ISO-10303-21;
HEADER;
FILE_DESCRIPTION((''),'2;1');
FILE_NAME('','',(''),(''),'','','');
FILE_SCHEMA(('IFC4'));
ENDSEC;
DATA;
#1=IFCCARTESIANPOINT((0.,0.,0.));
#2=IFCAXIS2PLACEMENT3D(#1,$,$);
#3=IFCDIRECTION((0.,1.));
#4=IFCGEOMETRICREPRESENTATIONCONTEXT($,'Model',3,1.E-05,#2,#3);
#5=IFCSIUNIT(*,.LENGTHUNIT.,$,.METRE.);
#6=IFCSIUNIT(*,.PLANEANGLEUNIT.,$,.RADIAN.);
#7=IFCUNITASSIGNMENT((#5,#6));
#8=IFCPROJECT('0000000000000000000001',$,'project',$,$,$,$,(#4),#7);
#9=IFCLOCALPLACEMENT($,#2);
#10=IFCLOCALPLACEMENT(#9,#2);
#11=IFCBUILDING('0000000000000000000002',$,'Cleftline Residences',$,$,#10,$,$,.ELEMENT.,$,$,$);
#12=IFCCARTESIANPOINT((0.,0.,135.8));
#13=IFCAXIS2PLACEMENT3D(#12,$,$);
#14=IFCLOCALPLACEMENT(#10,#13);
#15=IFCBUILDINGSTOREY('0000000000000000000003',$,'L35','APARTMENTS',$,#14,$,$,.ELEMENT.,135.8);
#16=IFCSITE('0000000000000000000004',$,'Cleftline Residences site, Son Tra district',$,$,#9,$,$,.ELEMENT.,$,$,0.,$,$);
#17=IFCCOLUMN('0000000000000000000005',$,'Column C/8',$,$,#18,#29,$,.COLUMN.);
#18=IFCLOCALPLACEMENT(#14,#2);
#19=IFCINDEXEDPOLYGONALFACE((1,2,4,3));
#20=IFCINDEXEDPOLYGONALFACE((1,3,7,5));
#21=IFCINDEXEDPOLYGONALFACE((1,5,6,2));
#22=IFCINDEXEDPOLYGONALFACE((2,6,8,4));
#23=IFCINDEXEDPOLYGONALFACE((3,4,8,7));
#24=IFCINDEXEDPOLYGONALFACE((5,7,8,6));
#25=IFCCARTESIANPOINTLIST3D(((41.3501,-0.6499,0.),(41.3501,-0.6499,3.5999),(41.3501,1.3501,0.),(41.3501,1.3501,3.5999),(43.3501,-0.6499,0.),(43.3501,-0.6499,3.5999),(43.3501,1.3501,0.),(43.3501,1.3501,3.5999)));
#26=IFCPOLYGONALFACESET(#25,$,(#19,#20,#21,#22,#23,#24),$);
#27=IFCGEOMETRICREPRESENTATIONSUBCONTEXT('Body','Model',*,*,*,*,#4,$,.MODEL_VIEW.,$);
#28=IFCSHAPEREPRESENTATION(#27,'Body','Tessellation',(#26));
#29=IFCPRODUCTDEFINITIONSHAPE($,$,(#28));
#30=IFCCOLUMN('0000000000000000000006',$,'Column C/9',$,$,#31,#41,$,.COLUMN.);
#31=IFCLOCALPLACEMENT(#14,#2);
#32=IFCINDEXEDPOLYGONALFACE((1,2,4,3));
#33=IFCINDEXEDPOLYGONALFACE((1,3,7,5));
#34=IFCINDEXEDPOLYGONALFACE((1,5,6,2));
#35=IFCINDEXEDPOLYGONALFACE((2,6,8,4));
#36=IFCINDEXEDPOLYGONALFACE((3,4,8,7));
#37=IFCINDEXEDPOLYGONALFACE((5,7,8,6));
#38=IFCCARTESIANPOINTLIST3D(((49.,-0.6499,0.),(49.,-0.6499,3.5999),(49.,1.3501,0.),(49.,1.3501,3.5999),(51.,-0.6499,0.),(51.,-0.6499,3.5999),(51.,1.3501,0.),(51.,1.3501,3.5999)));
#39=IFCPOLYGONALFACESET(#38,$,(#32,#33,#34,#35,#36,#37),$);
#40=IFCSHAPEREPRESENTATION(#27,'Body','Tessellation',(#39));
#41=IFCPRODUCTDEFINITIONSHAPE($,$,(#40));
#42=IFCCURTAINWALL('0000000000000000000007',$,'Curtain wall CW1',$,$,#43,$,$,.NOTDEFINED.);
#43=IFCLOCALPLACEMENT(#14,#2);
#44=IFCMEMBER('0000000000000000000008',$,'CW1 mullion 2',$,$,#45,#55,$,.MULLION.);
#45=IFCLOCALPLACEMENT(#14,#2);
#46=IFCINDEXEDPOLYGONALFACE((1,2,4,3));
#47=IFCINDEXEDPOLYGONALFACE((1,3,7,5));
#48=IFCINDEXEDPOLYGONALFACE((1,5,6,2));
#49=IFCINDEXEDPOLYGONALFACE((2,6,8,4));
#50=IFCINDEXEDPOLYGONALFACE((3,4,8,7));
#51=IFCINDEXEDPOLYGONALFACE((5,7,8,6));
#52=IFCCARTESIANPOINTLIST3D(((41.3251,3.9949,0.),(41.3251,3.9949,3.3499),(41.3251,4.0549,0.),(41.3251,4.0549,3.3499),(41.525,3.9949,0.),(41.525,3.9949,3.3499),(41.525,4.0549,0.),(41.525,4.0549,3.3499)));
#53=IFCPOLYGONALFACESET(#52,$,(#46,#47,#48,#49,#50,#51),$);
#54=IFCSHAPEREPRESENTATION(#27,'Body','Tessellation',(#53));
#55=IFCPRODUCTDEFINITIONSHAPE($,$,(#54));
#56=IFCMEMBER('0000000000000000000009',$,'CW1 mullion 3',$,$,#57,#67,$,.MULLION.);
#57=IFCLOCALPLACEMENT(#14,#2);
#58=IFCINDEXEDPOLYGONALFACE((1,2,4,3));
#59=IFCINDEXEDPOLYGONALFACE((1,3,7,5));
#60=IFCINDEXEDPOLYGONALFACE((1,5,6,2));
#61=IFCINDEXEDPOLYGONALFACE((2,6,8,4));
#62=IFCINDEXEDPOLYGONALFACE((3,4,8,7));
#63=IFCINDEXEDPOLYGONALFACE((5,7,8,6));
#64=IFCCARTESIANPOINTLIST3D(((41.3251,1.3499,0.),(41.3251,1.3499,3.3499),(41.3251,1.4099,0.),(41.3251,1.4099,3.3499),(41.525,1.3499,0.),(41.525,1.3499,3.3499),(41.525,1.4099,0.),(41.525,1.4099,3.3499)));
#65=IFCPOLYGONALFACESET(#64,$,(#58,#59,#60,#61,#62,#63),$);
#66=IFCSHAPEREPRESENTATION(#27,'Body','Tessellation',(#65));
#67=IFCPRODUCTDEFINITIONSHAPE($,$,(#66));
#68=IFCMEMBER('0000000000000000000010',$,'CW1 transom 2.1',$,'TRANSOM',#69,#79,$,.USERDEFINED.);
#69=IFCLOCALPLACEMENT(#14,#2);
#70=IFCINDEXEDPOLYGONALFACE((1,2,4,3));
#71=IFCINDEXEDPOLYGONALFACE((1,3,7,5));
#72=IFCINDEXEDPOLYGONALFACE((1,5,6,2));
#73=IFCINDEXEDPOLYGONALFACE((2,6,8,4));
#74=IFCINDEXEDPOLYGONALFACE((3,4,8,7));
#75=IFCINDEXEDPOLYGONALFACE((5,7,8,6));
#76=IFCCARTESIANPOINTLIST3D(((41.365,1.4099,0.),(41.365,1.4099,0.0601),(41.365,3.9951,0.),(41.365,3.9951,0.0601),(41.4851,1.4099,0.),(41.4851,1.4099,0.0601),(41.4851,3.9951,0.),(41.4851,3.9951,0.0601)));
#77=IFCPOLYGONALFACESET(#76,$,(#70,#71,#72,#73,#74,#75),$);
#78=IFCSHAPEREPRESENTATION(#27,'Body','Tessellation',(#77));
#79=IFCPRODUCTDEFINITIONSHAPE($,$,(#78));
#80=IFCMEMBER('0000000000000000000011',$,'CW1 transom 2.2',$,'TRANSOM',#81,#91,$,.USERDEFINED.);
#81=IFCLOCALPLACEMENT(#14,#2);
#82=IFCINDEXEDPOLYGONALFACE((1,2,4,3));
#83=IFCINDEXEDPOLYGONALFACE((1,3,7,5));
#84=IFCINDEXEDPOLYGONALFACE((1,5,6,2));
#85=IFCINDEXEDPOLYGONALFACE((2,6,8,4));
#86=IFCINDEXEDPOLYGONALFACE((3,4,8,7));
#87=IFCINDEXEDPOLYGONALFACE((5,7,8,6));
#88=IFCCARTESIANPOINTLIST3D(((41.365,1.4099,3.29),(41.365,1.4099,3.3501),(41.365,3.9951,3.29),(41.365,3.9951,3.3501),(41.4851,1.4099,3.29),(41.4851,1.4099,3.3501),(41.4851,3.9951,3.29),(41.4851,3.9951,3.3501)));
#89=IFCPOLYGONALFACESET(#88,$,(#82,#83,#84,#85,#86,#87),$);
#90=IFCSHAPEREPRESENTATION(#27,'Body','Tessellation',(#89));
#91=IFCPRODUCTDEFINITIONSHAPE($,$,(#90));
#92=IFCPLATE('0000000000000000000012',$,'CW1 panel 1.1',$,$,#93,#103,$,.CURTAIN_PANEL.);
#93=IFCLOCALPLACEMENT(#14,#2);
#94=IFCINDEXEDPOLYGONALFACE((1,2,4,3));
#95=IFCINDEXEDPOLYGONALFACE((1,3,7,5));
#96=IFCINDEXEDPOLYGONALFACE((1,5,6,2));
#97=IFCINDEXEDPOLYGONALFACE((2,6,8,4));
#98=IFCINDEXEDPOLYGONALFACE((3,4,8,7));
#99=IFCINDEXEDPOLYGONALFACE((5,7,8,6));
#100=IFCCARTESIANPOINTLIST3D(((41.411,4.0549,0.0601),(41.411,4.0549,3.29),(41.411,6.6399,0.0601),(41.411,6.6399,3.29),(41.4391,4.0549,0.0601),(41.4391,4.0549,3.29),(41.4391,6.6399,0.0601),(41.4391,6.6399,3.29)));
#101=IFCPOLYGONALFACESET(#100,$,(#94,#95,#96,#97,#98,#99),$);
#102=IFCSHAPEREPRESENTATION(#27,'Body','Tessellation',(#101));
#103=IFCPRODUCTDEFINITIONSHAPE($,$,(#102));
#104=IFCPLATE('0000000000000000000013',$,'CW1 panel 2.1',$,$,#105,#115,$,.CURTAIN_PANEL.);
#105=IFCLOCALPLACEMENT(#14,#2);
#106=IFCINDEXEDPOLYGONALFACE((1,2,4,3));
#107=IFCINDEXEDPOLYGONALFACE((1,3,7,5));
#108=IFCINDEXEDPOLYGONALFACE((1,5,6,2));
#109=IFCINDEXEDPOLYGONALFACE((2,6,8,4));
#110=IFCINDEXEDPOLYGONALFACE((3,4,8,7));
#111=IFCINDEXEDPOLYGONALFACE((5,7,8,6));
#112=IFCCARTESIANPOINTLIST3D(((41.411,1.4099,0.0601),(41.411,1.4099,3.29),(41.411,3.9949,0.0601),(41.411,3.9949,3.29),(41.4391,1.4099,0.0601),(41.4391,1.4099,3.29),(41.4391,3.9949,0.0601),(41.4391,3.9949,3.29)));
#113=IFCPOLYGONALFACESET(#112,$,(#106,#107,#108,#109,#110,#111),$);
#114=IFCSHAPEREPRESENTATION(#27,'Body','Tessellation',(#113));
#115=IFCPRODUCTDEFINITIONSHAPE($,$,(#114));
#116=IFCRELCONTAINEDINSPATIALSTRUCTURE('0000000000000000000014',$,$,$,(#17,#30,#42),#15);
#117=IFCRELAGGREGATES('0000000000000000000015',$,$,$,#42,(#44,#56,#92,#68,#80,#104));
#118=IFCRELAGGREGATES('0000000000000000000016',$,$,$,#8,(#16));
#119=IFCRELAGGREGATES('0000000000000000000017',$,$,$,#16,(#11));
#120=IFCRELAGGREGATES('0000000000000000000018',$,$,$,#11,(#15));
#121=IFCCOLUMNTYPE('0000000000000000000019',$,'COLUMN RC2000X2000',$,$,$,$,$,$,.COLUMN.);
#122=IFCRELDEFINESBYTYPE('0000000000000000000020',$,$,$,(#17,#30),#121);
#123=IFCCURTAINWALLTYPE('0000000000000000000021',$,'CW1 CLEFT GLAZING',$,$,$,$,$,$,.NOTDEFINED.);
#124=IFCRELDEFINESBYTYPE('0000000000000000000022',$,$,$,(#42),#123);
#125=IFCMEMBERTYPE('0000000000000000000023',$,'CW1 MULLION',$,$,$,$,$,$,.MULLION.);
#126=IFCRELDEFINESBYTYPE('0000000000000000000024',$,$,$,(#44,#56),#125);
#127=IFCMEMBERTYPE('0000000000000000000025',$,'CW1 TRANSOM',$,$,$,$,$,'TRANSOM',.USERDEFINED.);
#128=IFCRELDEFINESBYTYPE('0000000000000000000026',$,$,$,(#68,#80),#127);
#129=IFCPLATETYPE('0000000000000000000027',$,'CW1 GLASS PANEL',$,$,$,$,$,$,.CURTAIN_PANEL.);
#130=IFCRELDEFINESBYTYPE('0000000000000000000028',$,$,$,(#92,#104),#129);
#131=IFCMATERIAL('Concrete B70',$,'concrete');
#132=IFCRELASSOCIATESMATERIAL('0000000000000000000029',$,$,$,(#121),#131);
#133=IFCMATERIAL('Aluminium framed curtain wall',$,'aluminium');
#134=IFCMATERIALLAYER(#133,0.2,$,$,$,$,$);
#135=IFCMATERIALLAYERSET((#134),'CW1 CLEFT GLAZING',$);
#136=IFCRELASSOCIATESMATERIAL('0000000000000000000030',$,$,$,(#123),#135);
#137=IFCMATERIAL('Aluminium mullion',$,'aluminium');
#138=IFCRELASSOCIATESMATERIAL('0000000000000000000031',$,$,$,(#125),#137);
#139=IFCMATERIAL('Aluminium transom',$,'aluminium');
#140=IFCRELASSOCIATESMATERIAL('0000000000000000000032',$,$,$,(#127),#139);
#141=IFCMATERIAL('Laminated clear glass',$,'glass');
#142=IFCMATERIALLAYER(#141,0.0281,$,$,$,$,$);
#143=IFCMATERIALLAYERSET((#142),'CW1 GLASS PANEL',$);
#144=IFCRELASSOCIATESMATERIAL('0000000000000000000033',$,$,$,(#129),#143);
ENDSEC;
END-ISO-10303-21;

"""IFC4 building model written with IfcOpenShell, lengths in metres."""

from ifc_helpers import new_model, si_unit, direction, frame, origin, origin_2d, place, context, subcontext, project, spatial, rectangle, extrude, material, layer, layer_set, material_profile, profile_set, type_object, element, aggregate, save


model = new_model("IFC4")

# Units and contexts
model_context = context("Model", 3, precision=1e-05, world=origin(), true_north=direction((0.0, 1.0)))
body_context = subcontext(model_context, "Body", "Model", "MODEL_VIEW")
ifc_project = project(units=[si_unit("LENGTHUNIT", "METRE"), si_unit("PLANEANGLEUNIT", "RADIAN")], contexts=[model_context])

# Site, building, storey
site_placement = place(None, origin())
site = spatial("IfcSite", under=ifc_project, at=site_placement, Name="Cleftline Residences site, Son Tra district", CompositionType="ELEMENT", RefElevation=0.0)
building_placement = place(site_placement, origin())
building = spatial("IfcBuilding", under=site, at=building_placement, Name="Cleftline Residences", CompositionType="ELEMENT")
storey_placement = place(building_placement, frame((0.0, 0.0, 135.8)))
storey = spatial("IfcBuildingStorey", under=building, at=storey_placement, Name="L35", Description="APARTMENTS", CompositionType="ELEMENT", Elevation=135.8)

# Columns
ifc_material_1 = material(Name="Concrete B70", Category="concrete")
ifc_material_profile_1 = material_profile(ifc_material_1, rectangle(XDim=2.0, YDim=2.0, at=origin_2d()))
ifc_profile_set_1 = profile_set([ifc_material_profile_1], Name="Concrete B70")
column_type = type_object("IfcColumnType", Name="COLUMN RC2000X2000", PredefinedType="COLUMN", material=ifc_profile_set_1)
for number, where, z_axis, x_axis, name in (
    (1, (42.3501, 0.3501, 0.0), (0.0, 0.0, 1.0), (1.0, 0.0, 0.0), "Column C/8"),
    (2, (50.0, 0.3501, 0.0), (0.0, 0.0, 1.0), (1.0, 0.0, 0.0), "Column C/9"),
):
    element("IfcColumn", number, at=place(storey_placement, frame(where, z_axis=z_axis, x_axis=x_axis)), inside=storey, type_object=column_type, Name=name, PredefinedType="COLUMN", context=body_context, shape_type="SweptSolid", body=[
        extrude(rectangle(XDim=2.0, YDim=2.0, at=origin_2d()), origin(), (0.0, 0.0, 1.0), 3.5999),
    ])

# Curtain wall, members, plates
ifc_material_2 = material(Name="Aluminium framed curtain wall", Category="aluminium")
ifc_layer_1 = layer(ifc_material_2, 0.2)
ifc_layer_set_1 = layer_set([ifc_layer_1], Name="CW1 CLEFT GLAZING")
curtain_wall_type = type_object("IfcCurtainWallType", Name="CW1 CLEFT GLAZING", PredefinedType="NOTDEFINED", material=ifc_layer_set_1)
curtain_wall_placement = place(storey_placement, origin())
curtain_wall = element("IfcCurtainWall", 3, at=curtain_wall_placement, inside=storey, type_object=curtain_wall_type, Name="Curtain wall CW1", PredefinedType="NOTDEFINED")
ifc_material_3 = material(Name="Aluminium mullion", Category="aluminium")
ifc_material_profile_2 = material_profile(ifc_material_3, rectangle(XDim=0.2, YDim=0.0601, at=origin_2d()))
ifc_profile_set_2 = profile_set([ifc_material_profile_2], Name="Aluminium mullion")
member_type_1 = type_object("IfcMemberType", Name="CW1 MULLION", PredefinedType="MULLION", material=ifc_profile_set_2)
member_1_placement = place(storey_placement, frame((41.425, 4.0249, 0.0), z_axis=(0.0, 0.0, 1.0), x_axis=(1.0, 0.0, 0.0)))
member_1 = element("IfcMember", 4, at=member_1_placement, type_object=member_type_1, Name="CW1 mullion 2", PredefinedType="MULLION", context=body_context, shape_type="SweptSolid", body=[
    extrude(rectangle(XDim=0.2, YDim=0.0601, at=origin_2d()), origin(), (0.0, 0.0, 1.0), 3.3499),
])
member_2_placement = place(storey_placement, frame((41.425, 1.3799, 0.0), z_axis=(0.0, 0.0, 1.0), x_axis=(1.0, 0.0, 0.0)))
member_2 = element("IfcMember", 5, at=member_2_placement, type_object=member_type_1, Name="CW1 mullion 3", PredefinedType="MULLION", context=body_context, shape_type="SweptSolid", body=[
    extrude(rectangle(XDim=0.2, YDim=0.0601, at=origin_2d()), origin(), (0.0, 0.0, 1.0), 3.3499),
])
ifc_material_4 = material(Name="Aluminium transom", Category="aluminium")
ifc_material_profile_3 = material_profile(ifc_material_4, rectangle(XDim=0.1201, YDim=0.0601, at=origin_2d()))
ifc_profile_set_3 = profile_set([ifc_material_profile_3], Name="Aluminium transom")
member_type_2 = type_object("IfcMemberType", Name="CW1 TRANSOM", ElementType="TRANSOM", PredefinedType="USERDEFINED", material=ifc_profile_set_3)
member_3_placement = place(storey_placement, frame((41.425, 3.9951, 0.03), z_axis=(0.0, -1.0, 0.0), x_axis=(1.0, 0.0, 0.0)))
member_3 = element("IfcMember", 6, at=member_3_placement, type_object=member_type_2, Name="CW1 transom 2.1", ObjectType="TRANSOM", PredefinedType="USERDEFINED", context=body_context, shape_type="SweptSolid", body=[
    extrude(rectangle(XDim=0.1201, YDim=0.0601, at=origin_2d()), origin(), (0.0, 0.0, 1.0), 2.5852),
])
member_4_placement = place(storey_placement, frame((41.425, 3.9951, 3.3201), z_axis=(0.0, -1.0, 0.0), x_axis=(1.0, 0.0, 0.0)))
member_4 = element("IfcMember", 7, at=member_4_placement, type_object=member_type_2, Name="CW1 transom 2.2", ObjectType="TRANSOM", PredefinedType="USERDEFINED", context=body_context, shape_type="SweptSolid", body=[
    extrude(rectangle(XDim=0.1201, YDim=0.0601, at=origin_2d()), origin(), (0.0, 0.0, 1.0), 2.5852),
])
ifc_material_5 = material(Name="Laminated clear glass", Category="glass")
ifc_layer_2 = layer(ifc_material_5, 0.0281)
ifc_layer_set_2 = layer_set([ifc_layer_2], Name="CW1 GLASS PANEL")
plate_type = type_object("IfcPlateType", Name="CW1 GLASS PANEL", PredefinedType="CURTAIN_PANEL", material=ifc_layer_set_2)
plate_1_placement = place(storey_placement, frame((41.425, 5.3474, 0.0601), z_axis=(0.0, 0.0, 1.0), x_axis=(0.0, -1.0, 0.0)))
plate_1 = element("IfcPlate", 8, at=plate_1_placement, type_object=plate_type, Name="CW1 panel 1.1", PredefinedType="CURTAIN_PANEL", context=body_context, shape_type="SweptSolid", body=[
    extrude(rectangle(XDim=2.585, YDim=0.0281, at=origin_2d()), origin(), (0.0, 0.0, 1.0), 3.23),
])
plate_2_placement = place(storey_placement, frame((41.425, 2.7024, 0.0601), z_axis=(0.0, 0.0, 1.0), x_axis=(0.0, -1.0, 0.0)))
plate_2 = element("IfcPlate", 9, at=plate_2_placement, type_object=plate_type, Name="CW1 panel 2.1", PredefinedType="CURTAIN_PANEL", context=body_context, shape_type="SweptSolid", body=[
    extrude(rectangle(XDim=2.585, YDim=0.0281, at=origin_2d()), origin(), (0.0, 0.0, 1.0), 3.23),
])
aggregate(curtain_wall, [member_1, member_2, plate_1, member_3, member_4, plate_2])

save(model, "model.ifc")
